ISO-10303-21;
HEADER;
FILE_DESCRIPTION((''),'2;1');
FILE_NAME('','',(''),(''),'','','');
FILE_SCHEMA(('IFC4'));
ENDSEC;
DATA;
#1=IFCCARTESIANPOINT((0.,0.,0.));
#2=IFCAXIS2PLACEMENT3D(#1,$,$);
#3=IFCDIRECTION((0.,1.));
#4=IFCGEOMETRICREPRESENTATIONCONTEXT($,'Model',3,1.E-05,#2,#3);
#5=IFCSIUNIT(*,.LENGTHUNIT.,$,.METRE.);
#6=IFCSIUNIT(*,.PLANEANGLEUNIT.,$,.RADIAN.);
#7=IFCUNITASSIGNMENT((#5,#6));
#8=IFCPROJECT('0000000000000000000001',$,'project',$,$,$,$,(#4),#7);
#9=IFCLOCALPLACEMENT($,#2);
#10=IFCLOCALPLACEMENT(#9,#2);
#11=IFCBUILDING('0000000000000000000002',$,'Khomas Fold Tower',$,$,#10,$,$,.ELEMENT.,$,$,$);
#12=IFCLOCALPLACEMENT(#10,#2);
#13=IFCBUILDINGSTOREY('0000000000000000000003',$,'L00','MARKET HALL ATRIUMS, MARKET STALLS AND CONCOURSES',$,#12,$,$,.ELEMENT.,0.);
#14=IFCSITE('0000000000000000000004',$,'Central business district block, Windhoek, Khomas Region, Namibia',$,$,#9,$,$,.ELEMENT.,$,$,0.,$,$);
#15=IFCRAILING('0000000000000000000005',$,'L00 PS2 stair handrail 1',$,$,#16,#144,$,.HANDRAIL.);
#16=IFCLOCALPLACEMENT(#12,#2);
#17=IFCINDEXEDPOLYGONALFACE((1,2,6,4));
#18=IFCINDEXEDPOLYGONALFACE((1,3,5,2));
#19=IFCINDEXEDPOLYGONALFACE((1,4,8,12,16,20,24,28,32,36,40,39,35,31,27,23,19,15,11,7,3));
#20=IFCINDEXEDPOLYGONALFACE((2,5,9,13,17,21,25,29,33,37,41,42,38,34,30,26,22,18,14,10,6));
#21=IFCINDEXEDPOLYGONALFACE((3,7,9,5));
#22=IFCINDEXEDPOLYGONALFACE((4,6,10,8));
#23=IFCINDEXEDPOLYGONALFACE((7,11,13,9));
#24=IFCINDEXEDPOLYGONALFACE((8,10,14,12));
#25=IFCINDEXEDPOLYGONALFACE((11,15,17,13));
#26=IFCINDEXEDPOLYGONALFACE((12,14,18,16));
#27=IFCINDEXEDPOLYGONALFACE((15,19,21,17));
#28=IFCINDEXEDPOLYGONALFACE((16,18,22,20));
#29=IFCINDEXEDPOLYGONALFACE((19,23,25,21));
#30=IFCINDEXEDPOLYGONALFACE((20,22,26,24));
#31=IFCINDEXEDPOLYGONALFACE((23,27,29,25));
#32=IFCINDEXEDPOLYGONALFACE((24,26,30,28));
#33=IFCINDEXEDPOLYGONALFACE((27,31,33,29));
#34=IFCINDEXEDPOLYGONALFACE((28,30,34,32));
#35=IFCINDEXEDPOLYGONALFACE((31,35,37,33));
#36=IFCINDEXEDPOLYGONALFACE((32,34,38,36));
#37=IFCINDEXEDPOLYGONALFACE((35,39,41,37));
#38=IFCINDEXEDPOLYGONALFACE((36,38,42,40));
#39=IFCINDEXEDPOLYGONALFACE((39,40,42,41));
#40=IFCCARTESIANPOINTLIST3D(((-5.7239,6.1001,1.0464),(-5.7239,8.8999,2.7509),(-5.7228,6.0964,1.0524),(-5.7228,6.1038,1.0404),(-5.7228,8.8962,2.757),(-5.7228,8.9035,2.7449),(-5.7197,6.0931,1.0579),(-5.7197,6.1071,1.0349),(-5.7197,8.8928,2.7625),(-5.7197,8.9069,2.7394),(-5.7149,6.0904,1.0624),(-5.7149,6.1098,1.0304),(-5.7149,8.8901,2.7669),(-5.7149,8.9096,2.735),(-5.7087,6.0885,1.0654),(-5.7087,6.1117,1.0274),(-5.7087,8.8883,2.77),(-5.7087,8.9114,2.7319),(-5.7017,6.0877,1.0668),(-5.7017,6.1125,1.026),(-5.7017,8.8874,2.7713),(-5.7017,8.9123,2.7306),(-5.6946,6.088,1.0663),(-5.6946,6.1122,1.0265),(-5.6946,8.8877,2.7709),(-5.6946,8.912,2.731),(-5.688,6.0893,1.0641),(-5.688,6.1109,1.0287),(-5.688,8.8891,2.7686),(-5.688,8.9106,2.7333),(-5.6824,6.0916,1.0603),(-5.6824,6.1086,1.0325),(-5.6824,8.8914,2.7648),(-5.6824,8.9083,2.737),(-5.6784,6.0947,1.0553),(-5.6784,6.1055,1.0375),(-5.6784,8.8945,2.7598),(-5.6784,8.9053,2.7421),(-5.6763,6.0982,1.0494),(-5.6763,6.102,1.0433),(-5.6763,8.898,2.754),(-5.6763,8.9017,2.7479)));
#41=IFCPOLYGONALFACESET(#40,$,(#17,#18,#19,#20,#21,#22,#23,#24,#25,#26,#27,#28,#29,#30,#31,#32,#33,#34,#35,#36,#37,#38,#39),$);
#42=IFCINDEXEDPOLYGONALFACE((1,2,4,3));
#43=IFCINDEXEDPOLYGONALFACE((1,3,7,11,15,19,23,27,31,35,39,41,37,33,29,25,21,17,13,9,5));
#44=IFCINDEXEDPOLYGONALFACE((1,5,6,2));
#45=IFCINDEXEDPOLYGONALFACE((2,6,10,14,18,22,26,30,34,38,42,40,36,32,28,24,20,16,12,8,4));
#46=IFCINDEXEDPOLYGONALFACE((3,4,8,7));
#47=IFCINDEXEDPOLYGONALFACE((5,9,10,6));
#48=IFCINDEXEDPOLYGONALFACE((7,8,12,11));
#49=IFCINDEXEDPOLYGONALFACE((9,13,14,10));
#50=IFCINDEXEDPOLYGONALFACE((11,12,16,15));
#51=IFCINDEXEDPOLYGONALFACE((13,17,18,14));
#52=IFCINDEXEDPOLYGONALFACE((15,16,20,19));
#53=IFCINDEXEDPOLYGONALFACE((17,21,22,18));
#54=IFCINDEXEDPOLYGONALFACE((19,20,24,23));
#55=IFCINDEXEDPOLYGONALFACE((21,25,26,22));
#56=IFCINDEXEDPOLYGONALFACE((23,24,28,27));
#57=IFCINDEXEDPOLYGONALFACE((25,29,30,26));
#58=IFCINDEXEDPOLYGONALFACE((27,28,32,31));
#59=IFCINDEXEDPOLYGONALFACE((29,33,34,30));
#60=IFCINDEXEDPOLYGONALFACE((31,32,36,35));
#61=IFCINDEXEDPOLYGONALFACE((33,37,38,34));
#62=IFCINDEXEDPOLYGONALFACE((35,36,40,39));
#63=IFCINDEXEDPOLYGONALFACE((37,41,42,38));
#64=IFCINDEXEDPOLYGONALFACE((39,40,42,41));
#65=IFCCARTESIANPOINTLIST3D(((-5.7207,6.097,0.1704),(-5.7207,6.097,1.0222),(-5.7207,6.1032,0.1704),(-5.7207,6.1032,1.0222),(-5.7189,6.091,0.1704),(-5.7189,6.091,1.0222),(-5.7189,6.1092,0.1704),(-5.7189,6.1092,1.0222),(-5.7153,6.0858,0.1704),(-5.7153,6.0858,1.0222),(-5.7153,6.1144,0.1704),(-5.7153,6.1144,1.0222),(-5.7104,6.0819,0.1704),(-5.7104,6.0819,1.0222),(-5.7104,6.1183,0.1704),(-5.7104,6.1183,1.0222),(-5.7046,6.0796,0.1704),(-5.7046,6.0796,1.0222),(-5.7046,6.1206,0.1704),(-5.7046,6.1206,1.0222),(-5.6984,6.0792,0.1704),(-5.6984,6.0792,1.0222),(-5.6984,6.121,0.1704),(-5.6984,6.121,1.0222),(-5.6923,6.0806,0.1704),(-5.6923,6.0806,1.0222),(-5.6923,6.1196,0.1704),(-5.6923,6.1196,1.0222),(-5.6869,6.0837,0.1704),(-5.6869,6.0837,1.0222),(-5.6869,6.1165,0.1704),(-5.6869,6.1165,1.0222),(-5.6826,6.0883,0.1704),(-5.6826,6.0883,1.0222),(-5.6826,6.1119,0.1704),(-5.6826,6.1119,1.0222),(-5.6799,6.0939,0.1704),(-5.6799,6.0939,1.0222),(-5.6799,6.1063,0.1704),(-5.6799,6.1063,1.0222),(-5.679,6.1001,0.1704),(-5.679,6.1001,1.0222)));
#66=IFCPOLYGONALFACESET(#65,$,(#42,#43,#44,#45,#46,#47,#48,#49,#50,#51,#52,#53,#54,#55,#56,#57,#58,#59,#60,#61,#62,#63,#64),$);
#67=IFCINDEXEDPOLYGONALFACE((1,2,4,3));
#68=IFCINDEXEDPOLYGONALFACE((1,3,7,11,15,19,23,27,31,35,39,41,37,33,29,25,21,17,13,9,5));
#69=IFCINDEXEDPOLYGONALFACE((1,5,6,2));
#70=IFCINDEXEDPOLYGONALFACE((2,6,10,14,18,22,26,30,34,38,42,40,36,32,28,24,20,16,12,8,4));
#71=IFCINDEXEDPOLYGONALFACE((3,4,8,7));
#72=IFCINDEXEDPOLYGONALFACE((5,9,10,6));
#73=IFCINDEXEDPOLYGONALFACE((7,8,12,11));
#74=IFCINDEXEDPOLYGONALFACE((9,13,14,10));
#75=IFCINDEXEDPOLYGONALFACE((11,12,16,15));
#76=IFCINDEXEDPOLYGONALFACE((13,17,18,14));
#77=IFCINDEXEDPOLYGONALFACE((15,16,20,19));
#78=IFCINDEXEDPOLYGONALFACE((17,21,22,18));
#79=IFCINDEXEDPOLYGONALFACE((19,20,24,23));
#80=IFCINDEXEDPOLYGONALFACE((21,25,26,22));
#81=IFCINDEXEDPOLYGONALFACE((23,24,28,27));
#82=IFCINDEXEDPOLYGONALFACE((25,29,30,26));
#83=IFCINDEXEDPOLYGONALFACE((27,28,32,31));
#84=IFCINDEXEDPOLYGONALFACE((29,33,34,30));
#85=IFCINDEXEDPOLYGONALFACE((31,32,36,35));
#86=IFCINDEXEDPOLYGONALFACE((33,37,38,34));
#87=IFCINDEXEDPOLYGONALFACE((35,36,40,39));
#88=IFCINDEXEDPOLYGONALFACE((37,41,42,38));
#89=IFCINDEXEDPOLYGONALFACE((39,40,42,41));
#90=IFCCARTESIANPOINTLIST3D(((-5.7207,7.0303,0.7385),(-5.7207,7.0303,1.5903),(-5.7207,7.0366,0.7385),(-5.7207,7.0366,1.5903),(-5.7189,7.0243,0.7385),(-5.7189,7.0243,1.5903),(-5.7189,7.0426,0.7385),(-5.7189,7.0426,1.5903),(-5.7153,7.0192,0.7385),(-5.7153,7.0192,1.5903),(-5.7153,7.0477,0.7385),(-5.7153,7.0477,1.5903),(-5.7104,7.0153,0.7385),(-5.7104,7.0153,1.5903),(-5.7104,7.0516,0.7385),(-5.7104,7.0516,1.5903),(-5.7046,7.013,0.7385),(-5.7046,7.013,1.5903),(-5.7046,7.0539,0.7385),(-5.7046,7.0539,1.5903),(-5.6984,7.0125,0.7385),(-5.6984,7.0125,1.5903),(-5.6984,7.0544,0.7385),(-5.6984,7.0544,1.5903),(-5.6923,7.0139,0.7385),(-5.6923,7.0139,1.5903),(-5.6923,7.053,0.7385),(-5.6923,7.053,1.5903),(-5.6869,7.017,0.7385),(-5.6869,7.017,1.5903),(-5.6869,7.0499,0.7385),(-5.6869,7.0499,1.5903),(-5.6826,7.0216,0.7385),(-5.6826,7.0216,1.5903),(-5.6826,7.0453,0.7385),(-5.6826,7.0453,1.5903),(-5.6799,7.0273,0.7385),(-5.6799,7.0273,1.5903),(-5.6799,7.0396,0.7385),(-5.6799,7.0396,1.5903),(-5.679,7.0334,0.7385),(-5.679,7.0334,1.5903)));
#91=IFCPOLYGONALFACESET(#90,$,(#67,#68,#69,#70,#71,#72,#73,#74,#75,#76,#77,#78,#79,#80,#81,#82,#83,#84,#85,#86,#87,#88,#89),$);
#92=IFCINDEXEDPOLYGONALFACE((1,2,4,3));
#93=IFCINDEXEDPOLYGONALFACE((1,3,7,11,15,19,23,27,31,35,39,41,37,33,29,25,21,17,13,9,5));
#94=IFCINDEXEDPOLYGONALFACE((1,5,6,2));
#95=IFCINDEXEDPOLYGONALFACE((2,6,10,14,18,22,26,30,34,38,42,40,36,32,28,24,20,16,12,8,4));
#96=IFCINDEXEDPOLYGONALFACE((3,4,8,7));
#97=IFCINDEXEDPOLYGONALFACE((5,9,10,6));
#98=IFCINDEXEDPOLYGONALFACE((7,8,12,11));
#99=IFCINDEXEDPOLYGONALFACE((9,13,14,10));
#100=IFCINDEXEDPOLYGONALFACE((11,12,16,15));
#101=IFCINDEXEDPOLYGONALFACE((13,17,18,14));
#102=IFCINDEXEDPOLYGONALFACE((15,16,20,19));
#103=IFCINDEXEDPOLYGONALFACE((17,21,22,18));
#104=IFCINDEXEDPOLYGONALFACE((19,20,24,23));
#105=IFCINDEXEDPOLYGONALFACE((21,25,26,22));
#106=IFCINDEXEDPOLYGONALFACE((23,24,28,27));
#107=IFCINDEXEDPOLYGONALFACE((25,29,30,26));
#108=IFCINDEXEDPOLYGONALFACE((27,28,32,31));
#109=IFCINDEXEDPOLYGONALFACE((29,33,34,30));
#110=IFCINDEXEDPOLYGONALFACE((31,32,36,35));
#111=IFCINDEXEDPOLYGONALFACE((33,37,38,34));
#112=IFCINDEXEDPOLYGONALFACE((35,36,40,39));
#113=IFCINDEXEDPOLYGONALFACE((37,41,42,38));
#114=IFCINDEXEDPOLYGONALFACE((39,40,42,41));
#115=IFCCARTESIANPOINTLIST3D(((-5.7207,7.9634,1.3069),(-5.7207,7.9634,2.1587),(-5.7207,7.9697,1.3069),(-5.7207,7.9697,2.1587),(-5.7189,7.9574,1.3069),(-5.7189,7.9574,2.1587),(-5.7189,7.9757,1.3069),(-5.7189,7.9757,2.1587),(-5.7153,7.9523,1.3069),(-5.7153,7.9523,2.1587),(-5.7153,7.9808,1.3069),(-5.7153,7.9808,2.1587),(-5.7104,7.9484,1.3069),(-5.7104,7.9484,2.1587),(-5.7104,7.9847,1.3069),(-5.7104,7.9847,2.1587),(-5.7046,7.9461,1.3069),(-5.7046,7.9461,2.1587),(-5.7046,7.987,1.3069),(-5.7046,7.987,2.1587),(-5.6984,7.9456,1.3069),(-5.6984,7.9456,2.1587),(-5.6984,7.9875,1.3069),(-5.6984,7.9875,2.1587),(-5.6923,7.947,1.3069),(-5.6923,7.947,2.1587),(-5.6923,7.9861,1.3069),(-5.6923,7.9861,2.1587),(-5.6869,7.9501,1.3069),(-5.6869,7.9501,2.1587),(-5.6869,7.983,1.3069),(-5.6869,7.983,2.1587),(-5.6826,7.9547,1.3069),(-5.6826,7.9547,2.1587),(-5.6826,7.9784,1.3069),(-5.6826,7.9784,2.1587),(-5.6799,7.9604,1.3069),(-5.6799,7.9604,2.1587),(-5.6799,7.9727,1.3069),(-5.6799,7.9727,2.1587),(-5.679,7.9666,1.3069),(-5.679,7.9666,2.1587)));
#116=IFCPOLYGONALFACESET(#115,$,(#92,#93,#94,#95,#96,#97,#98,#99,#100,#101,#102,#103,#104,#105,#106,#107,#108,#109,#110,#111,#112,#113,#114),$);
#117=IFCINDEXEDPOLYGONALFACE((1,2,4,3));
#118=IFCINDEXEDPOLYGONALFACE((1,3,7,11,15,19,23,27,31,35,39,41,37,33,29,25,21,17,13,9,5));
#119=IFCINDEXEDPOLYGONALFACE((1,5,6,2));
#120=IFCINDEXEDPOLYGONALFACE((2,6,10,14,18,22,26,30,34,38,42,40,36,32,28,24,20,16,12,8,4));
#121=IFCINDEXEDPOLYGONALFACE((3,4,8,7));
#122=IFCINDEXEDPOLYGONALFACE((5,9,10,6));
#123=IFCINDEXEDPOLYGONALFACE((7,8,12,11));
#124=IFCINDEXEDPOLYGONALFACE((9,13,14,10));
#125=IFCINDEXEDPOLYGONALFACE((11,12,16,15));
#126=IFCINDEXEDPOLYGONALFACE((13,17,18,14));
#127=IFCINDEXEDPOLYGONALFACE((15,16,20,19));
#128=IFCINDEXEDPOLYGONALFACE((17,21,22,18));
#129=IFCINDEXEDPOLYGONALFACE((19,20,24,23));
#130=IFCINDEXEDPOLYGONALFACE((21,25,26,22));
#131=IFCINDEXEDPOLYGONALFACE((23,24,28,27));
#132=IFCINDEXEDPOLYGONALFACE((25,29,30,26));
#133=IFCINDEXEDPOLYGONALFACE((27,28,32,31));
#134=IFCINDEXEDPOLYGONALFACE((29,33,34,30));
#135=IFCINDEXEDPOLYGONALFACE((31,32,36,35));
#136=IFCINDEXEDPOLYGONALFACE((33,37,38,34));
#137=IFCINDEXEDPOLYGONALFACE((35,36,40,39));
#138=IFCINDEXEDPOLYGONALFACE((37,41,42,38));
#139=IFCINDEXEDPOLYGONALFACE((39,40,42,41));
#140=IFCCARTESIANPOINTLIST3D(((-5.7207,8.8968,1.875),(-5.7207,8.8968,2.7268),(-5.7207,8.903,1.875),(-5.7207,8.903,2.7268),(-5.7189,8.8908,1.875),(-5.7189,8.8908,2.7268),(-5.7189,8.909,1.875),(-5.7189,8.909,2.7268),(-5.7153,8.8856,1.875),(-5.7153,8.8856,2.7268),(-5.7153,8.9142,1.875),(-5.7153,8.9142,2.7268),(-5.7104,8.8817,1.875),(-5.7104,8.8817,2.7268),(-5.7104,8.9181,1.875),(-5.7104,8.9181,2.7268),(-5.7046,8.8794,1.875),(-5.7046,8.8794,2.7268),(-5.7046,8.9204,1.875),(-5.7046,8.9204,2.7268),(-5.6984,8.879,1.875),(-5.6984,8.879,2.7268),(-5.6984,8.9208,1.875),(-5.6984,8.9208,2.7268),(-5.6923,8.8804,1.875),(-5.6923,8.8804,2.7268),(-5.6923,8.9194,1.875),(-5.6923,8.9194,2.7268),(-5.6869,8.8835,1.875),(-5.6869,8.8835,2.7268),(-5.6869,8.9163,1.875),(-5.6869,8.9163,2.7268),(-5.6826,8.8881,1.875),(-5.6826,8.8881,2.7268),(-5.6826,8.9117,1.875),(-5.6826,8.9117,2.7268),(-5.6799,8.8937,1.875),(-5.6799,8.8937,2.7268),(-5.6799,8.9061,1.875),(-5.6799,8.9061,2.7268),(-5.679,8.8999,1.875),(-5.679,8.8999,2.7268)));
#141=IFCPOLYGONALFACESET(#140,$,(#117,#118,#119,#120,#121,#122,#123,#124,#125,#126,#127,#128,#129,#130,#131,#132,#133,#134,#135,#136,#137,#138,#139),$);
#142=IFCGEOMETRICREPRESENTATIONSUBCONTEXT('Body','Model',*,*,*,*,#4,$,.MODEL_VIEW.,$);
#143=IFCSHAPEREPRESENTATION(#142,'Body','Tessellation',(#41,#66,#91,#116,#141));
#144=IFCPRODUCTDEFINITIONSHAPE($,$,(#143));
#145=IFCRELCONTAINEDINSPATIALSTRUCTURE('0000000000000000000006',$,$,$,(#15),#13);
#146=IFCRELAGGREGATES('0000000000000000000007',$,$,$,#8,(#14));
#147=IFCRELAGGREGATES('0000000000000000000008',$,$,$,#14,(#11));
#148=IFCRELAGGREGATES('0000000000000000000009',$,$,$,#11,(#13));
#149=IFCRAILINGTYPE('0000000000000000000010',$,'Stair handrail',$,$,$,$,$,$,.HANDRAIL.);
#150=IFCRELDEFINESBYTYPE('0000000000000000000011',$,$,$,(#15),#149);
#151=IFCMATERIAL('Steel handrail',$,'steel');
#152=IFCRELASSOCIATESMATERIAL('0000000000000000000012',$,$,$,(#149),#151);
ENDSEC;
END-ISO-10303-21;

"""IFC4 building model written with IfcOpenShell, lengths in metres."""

from ifc_helpers import new_model, si_unit, direction, frame, origin, origin_2d, place, context, subcontext, project, spatial, circle, extrude, source, transform, mapped, material, type_object, element, save


model = new_model("IFC4")

# Units and contexts
model_context = context("Model", 3, precision=1e-05, world=origin(), true_north=direction((0.0, 1.0)))
body_context = subcontext(model_context, "Body", "Model", "MODEL_VIEW")
ifc_project = project(units=[si_unit("LENGTHUNIT", "METRE"), si_unit("PLANEANGLEUNIT", "RADIAN")], contexts=[model_context])

# Site, building, storey
site_placement = place(None, origin())
site = spatial("IfcSite", under=ifc_project, at=site_placement, Name="Central business district block, Windhoek, Khomas Region, Namibia", CompositionType="ELEMENT", RefElevation=0.0)
building_placement = place(site_placement, origin())
building = spatial("IfcBuilding", under=site, at=building_placement, Name="Khomas Fold Tower", CompositionType="ELEMENT")
storey_placement = place(building_placement, origin())
storey = spatial("IfcBuildingStorey", under=building, at=storey_placement, Name="L00", Description="MARKET HALL ATRIUMS, MARKET STALLS AND CONCOURSES", CompositionType="ELEMENT", Elevation=0.0)

# Railing
ifc_material_1 = material(Name="Steel handrail", Category="steel")
railing_type_1 = type_object("IfcRailingType", Name="Stair handrail", PredefinedType="HANDRAIL", material=ifc_material_1)
shared_shape_1 = source(origin(), body_context, "Body", "SweptSolid", [
    extrude(circle(Radius=0.0239, at=origin_2d()), frame((0.0, 0.0, 0.876), z_axis=(0.0, 0.85415, 0.520027), x_axis=(-1.0, 0.0, 0.0)), (0.0, 0.0, 1.0), 3.2778),
    extrude(circle(Radius=0.021, at=origin_2d()), origin(), (0.0, 0.0, 1.0), 0.8518),
    extrude(circle(Radius=0.021, at=origin_2d()), frame((0.0, 0.9333, 0.5681)), (0.0, 0.0, 1.0), 0.8518),
    extrude(circle(Radius=0.021, at=origin_2d()), frame((0.0, 1.8665, 1.1365)), (0.0, 0.0, 1.0), 0.8518),
    extrude(circle(Radius=0.021, at=origin_2d()), frame((0.0, 2.7998, 1.7046)), (0.0, 0.0, 1.0), 0.8518),
])
railing_placement = place(storey_placement, frame((-5.7, 6.1001, 0.1704)))
element("IfcRailing", 1, at=railing_placement, inside=storey, type_object=railing_type_1, Name="L00 PS2 stair handrail 1", PredefinedType="HANDRAIL", context=body_context, shape_type="MappedRepresentation", body=[
    mapped(shared_shape_1, transform((0.0, 0.0, 0.0))),
])

save(model, "model.ifc")
